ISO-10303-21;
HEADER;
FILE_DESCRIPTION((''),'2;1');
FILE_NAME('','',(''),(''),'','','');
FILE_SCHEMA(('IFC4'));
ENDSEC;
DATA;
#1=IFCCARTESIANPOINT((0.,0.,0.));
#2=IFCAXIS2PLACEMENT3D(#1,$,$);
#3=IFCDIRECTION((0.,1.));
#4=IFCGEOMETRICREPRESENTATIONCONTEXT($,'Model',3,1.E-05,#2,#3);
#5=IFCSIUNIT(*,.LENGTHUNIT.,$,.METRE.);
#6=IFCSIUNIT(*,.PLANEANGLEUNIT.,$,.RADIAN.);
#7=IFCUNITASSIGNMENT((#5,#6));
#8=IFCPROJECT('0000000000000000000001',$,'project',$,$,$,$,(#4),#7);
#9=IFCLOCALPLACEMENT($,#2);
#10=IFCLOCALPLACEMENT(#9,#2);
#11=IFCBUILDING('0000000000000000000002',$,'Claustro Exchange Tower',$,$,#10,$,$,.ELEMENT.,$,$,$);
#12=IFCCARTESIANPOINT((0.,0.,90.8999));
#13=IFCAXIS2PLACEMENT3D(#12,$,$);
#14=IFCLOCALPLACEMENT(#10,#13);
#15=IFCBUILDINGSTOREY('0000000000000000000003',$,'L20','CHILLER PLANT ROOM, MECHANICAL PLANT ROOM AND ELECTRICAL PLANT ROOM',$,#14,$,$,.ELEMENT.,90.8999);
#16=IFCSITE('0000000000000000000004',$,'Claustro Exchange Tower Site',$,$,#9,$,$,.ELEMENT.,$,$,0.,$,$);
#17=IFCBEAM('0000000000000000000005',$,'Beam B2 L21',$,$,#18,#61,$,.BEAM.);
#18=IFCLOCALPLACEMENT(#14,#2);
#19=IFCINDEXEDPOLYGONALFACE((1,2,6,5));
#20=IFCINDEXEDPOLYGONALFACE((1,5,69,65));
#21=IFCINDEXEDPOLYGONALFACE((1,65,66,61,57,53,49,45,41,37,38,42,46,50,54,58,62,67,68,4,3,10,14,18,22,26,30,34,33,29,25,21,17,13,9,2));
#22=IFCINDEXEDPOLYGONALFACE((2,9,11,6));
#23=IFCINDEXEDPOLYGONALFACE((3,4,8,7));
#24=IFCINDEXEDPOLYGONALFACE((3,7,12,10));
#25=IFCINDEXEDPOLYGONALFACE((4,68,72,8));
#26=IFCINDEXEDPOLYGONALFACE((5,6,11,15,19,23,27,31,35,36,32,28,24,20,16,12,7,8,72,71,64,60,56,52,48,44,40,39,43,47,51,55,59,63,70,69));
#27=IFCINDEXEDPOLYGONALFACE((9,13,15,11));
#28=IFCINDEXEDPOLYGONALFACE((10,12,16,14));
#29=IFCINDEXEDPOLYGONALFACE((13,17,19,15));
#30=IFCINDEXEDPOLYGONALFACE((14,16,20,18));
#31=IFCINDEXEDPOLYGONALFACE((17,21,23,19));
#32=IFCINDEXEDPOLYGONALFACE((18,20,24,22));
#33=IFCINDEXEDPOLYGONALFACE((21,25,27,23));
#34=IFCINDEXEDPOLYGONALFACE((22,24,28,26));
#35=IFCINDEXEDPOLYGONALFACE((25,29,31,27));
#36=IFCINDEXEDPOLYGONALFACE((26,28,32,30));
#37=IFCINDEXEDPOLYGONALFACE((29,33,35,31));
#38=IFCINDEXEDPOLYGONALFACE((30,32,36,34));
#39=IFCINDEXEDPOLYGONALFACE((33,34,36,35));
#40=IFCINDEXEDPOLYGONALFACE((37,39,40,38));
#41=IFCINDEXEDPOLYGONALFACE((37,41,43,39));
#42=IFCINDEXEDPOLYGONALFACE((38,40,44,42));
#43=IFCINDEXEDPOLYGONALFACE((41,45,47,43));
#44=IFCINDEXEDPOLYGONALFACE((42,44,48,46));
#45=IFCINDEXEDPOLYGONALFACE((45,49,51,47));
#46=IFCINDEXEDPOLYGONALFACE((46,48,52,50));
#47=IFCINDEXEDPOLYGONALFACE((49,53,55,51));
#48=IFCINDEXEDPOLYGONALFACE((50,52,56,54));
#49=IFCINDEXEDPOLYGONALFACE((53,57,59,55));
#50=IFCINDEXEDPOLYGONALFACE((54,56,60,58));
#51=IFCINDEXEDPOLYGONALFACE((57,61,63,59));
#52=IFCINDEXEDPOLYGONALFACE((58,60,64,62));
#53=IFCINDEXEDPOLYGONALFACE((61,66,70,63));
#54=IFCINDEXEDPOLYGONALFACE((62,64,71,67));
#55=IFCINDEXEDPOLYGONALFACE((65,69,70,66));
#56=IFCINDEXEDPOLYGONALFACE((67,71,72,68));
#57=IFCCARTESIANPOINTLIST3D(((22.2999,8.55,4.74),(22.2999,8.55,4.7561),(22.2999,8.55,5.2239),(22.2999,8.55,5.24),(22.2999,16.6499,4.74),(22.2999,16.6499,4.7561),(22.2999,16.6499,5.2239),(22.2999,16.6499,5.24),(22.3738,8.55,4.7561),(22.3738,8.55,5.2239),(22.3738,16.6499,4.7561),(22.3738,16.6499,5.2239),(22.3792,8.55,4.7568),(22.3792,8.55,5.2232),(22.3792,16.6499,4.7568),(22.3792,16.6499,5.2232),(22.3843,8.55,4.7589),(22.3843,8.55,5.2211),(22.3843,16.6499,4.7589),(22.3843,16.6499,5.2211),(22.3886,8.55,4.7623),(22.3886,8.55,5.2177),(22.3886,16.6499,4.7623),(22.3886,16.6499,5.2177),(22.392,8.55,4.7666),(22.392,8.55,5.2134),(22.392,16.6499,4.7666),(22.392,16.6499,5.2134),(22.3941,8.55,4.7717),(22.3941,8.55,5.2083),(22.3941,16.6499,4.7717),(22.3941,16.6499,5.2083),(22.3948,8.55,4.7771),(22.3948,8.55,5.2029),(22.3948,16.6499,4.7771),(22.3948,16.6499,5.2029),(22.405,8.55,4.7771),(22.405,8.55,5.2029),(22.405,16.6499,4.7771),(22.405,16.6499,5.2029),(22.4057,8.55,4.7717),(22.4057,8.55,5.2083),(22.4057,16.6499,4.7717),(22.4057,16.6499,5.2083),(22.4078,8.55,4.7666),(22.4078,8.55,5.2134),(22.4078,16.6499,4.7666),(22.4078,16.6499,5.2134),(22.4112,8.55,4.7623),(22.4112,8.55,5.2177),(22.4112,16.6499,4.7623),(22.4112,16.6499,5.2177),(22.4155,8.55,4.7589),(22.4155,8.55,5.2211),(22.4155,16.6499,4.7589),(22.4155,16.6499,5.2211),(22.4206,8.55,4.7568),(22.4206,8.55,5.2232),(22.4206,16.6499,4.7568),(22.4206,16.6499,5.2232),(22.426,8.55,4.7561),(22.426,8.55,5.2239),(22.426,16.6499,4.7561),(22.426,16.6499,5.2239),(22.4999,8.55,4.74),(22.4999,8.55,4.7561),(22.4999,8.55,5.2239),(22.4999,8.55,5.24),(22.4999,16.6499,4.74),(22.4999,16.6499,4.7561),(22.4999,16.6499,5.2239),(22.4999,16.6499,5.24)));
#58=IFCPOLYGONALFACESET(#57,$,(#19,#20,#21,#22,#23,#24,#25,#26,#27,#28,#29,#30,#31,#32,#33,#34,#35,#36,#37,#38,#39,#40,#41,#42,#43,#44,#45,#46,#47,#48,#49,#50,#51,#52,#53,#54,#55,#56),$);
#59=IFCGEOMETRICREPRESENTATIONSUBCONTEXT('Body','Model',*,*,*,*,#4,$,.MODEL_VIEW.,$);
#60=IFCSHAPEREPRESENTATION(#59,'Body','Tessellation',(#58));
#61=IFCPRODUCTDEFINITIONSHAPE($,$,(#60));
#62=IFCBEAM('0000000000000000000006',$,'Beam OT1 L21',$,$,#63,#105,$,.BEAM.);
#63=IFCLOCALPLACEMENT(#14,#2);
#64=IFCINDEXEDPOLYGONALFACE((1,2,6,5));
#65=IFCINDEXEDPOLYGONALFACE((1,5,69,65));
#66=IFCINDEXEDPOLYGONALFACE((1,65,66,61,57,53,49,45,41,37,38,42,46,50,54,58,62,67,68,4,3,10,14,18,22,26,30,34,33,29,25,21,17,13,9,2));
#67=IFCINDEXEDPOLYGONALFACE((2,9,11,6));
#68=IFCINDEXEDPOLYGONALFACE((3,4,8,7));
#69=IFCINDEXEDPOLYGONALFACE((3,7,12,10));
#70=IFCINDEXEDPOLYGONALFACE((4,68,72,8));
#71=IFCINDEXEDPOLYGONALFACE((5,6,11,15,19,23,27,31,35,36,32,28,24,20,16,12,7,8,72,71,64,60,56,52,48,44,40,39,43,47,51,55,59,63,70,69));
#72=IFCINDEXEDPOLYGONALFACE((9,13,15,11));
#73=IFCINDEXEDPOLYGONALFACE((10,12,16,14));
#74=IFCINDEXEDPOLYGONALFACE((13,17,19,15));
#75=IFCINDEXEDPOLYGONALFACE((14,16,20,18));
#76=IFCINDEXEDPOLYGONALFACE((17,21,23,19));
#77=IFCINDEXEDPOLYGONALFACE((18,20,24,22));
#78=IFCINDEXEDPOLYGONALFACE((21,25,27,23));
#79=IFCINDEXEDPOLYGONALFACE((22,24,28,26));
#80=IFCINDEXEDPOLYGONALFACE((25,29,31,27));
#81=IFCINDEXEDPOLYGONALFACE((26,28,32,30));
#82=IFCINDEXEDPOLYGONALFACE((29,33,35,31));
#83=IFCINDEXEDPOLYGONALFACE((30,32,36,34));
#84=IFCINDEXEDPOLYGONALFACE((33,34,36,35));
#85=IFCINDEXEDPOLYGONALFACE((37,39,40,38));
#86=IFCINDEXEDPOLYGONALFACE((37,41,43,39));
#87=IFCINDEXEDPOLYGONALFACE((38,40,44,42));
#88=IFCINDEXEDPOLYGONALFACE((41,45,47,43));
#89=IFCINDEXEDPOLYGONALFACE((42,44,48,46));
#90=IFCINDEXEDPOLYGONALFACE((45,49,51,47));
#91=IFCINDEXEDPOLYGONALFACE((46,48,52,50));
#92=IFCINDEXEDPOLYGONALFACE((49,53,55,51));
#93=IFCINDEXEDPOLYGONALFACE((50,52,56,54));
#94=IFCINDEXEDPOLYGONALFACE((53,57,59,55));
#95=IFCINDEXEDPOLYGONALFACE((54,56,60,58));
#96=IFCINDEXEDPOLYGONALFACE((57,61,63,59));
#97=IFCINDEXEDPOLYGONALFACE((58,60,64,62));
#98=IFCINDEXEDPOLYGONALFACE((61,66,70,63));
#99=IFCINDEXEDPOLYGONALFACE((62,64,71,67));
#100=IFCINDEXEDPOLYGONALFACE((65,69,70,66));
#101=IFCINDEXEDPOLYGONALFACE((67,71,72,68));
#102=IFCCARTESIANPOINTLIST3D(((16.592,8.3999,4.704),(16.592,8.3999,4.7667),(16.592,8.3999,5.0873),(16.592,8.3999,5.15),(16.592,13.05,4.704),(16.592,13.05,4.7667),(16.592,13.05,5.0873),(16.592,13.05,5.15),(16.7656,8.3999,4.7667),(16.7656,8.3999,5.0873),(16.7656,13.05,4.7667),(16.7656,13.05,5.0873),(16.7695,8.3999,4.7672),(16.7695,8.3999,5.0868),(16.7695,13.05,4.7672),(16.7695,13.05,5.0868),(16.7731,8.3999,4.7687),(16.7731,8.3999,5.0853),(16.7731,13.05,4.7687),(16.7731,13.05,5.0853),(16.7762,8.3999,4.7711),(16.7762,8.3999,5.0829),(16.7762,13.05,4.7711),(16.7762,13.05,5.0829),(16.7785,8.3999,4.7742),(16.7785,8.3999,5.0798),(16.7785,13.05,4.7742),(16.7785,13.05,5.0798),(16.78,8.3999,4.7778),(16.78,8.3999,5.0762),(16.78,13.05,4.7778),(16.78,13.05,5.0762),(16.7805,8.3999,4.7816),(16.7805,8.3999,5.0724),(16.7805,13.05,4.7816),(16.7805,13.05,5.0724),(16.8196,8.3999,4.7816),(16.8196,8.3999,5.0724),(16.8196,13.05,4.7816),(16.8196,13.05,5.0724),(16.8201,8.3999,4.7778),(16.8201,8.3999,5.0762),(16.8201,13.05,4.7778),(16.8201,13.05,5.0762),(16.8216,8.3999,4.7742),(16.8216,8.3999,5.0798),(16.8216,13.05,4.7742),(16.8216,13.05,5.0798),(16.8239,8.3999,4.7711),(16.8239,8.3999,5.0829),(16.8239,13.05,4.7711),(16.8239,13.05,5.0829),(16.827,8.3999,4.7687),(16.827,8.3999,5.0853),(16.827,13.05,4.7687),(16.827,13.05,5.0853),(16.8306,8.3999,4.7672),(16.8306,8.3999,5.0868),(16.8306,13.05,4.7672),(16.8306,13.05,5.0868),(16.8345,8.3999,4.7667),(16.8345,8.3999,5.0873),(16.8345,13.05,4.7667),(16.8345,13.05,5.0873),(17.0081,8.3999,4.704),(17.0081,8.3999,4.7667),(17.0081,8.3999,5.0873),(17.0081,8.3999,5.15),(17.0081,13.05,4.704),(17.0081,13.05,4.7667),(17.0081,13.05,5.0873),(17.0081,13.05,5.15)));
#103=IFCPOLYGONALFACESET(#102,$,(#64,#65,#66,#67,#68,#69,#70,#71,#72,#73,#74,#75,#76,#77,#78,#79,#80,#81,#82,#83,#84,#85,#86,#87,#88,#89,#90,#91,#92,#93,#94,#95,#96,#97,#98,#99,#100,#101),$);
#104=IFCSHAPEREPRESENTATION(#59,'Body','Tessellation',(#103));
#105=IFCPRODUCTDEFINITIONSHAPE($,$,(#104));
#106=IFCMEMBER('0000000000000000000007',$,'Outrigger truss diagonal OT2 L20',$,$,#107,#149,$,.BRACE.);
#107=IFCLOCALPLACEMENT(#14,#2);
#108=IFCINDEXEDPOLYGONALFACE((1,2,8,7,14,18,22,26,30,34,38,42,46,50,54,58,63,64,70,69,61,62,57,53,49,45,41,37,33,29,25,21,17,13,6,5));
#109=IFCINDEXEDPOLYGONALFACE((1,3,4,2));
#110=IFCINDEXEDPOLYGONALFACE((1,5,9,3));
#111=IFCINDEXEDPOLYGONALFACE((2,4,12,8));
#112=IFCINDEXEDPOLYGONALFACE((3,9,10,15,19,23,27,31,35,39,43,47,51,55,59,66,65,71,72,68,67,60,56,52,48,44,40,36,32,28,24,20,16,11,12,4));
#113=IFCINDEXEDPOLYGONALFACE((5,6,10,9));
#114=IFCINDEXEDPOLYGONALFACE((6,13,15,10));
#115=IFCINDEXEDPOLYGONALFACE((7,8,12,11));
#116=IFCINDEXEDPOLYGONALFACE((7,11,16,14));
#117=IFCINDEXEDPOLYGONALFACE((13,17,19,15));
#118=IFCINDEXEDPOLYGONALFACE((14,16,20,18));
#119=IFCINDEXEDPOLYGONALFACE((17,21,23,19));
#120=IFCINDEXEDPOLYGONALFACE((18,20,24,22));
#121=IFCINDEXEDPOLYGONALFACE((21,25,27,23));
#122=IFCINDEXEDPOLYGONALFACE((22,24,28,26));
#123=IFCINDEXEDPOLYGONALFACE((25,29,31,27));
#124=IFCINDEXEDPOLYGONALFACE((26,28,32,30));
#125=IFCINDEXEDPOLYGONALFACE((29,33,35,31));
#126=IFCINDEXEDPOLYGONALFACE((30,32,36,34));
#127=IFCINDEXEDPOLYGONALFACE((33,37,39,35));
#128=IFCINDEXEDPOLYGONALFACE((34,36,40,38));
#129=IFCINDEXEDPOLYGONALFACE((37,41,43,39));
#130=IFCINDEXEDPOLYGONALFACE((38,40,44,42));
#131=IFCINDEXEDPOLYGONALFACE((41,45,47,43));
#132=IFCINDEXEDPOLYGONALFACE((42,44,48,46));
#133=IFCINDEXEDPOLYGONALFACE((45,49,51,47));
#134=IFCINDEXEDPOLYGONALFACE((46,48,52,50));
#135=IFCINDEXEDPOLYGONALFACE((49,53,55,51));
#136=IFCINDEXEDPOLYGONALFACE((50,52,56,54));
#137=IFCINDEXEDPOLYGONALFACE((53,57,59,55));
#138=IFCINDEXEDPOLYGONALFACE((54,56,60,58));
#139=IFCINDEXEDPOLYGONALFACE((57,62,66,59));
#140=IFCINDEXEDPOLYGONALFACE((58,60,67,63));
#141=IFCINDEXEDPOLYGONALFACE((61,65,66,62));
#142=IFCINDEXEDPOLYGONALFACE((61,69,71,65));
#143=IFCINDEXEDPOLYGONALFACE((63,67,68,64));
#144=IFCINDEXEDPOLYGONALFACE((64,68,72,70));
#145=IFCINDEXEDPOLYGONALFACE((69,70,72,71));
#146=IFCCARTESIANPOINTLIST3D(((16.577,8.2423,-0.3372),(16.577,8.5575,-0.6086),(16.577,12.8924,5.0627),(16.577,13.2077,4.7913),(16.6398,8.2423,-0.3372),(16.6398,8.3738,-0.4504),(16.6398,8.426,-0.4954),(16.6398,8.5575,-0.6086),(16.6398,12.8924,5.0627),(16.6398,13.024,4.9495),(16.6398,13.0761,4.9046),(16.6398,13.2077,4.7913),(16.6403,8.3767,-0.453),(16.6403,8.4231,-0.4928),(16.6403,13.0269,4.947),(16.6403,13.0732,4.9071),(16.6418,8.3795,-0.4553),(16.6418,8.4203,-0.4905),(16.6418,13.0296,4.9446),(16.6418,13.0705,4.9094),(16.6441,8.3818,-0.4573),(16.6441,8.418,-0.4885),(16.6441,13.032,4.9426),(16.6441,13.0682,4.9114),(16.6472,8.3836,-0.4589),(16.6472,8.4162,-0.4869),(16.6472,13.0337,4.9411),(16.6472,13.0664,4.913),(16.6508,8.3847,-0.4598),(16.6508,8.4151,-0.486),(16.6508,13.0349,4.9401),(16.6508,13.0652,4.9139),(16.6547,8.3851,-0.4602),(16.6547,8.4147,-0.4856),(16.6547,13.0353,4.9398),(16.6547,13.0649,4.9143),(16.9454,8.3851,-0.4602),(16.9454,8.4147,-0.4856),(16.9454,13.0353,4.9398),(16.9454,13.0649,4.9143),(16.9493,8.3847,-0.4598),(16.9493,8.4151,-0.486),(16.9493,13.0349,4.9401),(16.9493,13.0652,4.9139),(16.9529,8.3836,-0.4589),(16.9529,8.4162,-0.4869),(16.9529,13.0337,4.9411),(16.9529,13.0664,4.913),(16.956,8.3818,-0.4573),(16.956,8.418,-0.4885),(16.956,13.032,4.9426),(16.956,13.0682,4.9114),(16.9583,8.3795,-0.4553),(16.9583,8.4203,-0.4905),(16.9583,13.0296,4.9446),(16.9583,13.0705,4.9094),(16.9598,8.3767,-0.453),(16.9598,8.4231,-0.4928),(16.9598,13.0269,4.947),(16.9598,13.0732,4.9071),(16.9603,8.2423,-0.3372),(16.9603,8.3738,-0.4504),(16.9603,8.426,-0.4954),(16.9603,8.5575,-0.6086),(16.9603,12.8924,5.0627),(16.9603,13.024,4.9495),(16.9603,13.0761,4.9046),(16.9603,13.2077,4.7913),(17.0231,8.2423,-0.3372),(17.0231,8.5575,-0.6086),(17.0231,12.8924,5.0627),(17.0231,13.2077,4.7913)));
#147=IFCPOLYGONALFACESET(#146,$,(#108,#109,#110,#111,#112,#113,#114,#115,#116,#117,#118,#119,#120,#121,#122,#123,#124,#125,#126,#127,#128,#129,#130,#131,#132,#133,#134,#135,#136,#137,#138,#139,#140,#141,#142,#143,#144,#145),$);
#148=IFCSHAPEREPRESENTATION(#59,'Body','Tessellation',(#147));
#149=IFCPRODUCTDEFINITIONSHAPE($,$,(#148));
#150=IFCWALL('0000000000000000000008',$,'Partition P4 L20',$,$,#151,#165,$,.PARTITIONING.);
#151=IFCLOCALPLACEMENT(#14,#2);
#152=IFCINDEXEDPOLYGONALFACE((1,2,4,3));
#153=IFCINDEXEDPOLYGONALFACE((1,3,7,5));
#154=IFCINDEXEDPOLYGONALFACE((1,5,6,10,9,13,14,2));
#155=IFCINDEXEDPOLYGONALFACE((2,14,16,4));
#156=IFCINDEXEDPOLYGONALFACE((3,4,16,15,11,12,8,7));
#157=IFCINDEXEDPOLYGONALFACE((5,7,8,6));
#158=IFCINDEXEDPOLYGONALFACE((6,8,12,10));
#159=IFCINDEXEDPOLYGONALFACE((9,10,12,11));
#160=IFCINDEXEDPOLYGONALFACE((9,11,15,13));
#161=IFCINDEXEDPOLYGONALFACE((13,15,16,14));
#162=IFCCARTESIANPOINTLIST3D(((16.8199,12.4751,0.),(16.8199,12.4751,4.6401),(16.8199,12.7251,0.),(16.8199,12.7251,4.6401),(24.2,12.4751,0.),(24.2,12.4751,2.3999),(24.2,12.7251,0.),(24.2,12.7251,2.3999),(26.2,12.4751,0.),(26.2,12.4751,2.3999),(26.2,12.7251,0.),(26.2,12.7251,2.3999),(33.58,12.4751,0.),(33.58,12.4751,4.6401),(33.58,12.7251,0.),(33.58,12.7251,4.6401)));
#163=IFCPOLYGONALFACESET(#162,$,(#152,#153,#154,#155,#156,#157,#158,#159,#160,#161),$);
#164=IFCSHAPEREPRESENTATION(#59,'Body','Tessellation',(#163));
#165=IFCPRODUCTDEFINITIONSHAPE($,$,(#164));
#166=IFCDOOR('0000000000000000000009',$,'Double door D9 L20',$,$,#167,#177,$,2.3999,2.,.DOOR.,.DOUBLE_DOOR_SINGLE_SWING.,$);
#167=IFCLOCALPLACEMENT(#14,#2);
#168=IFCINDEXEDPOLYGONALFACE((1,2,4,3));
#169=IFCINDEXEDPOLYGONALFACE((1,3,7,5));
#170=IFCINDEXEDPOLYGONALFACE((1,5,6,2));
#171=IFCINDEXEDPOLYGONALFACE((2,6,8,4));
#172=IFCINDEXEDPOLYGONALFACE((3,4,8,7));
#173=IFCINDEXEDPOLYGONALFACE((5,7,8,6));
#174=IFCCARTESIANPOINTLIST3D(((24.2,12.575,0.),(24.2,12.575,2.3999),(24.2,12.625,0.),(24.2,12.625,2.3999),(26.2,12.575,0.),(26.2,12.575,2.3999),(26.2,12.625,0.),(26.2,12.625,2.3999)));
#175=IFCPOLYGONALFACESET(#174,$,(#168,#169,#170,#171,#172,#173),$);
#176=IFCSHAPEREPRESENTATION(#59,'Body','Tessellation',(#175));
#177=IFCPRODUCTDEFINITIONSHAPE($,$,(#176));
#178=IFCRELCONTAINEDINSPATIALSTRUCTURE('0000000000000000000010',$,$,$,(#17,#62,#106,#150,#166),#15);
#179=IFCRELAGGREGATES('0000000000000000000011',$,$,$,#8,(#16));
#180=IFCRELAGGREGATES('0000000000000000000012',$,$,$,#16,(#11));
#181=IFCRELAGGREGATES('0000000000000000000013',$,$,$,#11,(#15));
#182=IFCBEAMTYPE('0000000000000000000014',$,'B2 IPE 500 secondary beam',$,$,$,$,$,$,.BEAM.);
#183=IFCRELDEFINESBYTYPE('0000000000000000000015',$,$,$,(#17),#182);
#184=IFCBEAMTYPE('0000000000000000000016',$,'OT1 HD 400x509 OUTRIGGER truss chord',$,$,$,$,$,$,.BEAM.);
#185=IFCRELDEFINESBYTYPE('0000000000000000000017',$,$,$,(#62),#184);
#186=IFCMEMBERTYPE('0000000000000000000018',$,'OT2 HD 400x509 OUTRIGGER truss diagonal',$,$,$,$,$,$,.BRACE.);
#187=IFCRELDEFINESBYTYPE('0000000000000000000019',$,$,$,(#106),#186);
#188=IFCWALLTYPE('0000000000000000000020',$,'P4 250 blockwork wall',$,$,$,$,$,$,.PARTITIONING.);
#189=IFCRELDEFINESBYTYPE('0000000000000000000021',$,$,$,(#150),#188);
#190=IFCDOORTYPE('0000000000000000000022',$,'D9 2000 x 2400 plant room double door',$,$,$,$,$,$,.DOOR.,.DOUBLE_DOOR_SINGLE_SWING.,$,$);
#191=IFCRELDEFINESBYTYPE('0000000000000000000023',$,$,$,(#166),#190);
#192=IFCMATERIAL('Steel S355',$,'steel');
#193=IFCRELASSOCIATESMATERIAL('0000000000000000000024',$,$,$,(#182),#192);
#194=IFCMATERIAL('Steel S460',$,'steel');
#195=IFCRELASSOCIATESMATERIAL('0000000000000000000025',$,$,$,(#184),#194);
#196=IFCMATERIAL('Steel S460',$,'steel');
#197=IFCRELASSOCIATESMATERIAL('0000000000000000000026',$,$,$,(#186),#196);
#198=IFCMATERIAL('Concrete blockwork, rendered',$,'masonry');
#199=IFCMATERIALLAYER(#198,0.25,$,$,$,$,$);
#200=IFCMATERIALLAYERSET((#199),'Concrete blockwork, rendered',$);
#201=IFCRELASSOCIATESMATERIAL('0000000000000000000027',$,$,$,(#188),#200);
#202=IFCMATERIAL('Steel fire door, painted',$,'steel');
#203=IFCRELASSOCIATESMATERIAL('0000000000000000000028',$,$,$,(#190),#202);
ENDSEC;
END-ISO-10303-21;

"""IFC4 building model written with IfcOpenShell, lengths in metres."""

from ifc_helpers import new_model, si_unit, direction, frame, frame_2d, origin, origin_2d, place, context, subcontext, project, spatial, rectangle, i_section, extrude, material, layer, layer_set, material_profile, profile_set, type_object, element, fill, save


model = new_model("IFC4")

# Units and contexts
model_context = context("Model", 3, precision=1e-05, world=origin(), true_north=direction((0.0, 1.0)))
body_context = subcontext(model_context, "Body", "Model", "MODEL_VIEW")
ifc_project = project(units=[si_unit("LENGTHUNIT", "METRE"), si_unit("PLANEANGLEUNIT", "RADIAN")], contexts=[model_context])

# Site, building, storey
site_placement = place(None, origin())
site = spatial("IfcSite", under=ifc_project, at=site_placement, Name="Claustro Exchange Tower Site", CompositionType="ELEMENT", RefElevation=0.0)
building_placement = place(site_placement, origin())
building = spatial("IfcBuilding", under=site, at=building_placement, Name="Claustro Exchange Tower", CompositionType="ELEMENT")
storey_placement = place(building_placement, frame((0.0, 0.0, 90.8999)))
storey = spatial("IfcBuildingStorey", under=building, at=storey_placement, Name="L20", Description="CHILLER PLANT ROOM, MECHANICAL PLANT ROOM AND ELECTRICAL PLANT ROOM", CompositionType="ELEMENT", Elevation=90.8999)

# Beams
ifc_material_1 = material(Name="Steel S355", Category="steel")
ifc_material_profile_1 = material_profile(ifc_material_1, i_section(OverallWidth=0.2, OverallDepth=0.5, WebThickness=0.0103, FlangeThickness=0.0161, FilletRadius=0.021, at=origin_2d()), Name="IPE 500")
ifc_profile_set_1 = profile_set([ifc_material_profile_1], Name="Steel S355")
beam_type_1 = type_object("IfcBeamType", Name="B2 IPE 500 secondary beam", PredefinedType="BEAM", material=ifc_profile_set_1)
for number, where, z_axis, x_axis, name in (
    (1, (22.3999, 8.55, 4.99), (0.0, 1.0, 0.0), (-1.0, 0.0, 0.0), "Beam B2 L21"),
):
    element("IfcBeam", number, at=place(storey_placement, frame(where, z_axis=z_axis, x_axis=x_axis)), inside=storey, type_object=beam_type_1, Name=name, PredefinedType="BEAM", context=body_context, shape_type="SweptSolid", body=[
        extrude(i_section(OverallWidth=0.2, OverallDepth=0.5, WebThickness=0.0103, FlangeThickness=0.0161, FilletRadius=0.021, at=origin_2d()), origin(), (0.0, 0.0, 1.0), 8.0999),
    ])
ifc_material_2 = material(Name="Steel S460", Category="steel")
ifc_material_profile_2 = material_profile(ifc_material_2, i_section(OverallWidth=0.416, OverallDepth=0.446, WebThickness=0.0391, FlangeThickness=0.0627, FilletRadius=0.0149, at=origin_2d()), Name="HD 400x509")
ifc_profile_set_2 = profile_set([ifc_material_profile_2], Name="Steel S460")
beam_type_2 = type_object("IfcBeamType", Name="OT1 HD 400x509 OUTRIGGER truss chord", PredefinedType="BEAM", material=ifc_profile_set_2)
beam_1_placement = place(storey_placement, frame((16.8, 8.3999, 4.927), z_axis=(0.0, 1.0, 0.0), x_axis=(-1.0, 0.0, 0.0)))
element("IfcBeam", 2, at=beam_1_placement, inside=storey, type_object=beam_type_2, Name="Beam OT1 L21", PredefinedType="BEAM", context=body_context, shape_type="SweptSolid", body=[
    extrude(i_section(OverallWidth=0.416, OverallDepth=0.446, WebThickness=0.0391, FlangeThickness=0.0627, FilletRadius=0.0149, at=origin_2d()), origin(), (0.0, 0.0, 1.0), 4.6501),
])

# Member
ifc_material_3 = material(Name="Steel S460", Category="steel")
ifc_material_profile_3 = material_profile(ifc_material_3, i_section(OverallWidth=0.416, OverallDepth=0.446, WebThickness=0.0391, FlangeThickness=0.0627, FilletRadius=0.0149, at=origin_2d()), Name="HD 400x509")
ifc_profile_set_3 = profile_set([ifc_material_profile_3], Name="Steel S460")
member_type = type_object("IfcMemberType", Name="OT2 HD 400x509 OUTRIGGER truss diagonal", PredefinedType="BRACE", material=ifc_profile_set_3)
member_placement = place(storey_placement, frame((16.8, 8.3999, -0.4729), z_axis=(0.0, 0.652542, 0.757753), x_axis=(0.0, -0.757753, 0.652542)))
element("IfcMember", 3, at=member_placement, inside=storey, type_object=member_type, Name="Outrigger truss diagonal OT2 L20", PredefinedType="BRACE", context=body_context, shape_type="SweptSolid", body=[
    extrude(i_section(OverallWidth=0.416, OverallDepth=0.446, WebThickness=0.0391, FlangeThickness=0.0627, FilletRadius=0.0149, at=origin_2d()), origin(), (0.0, 0.0, 1.0), 7.1262),
])

# Wall, opening, door
ifc_material_4 = material(Name="Concrete blockwork, rendered", Category="masonry")
ifc_layer_1 = layer(ifc_material_4, 0.25)
ifc_layer_set_1 = layer_set([ifc_layer_1], Name="Concrete blockwork, rendered")
wall_type_1 = type_object("IfcWallType", Name="P4 250 blockwork wall", PredefinedType="PARTITIONING", material=ifc_layer_set_1)
wall_1_placement = place(storey_placement, frame((16.8201, 12.6001, 0.0), z_axis=(0.0, 0.0, 1.0), x_axis=(1.0, 0.0, 0.0)))
wall_1 = element("IfcWall", 4, at=wall_1_placement, inside=storey, type_object=wall_type_1, Name="Partition P4 L20", PredefinedType="PARTITIONING", context=body_context, shape_type="SweptSolid", body=[
    extrude(rectangle(XDim=16.76, YDim=0.25, at=frame_2d((8.3799, 0.0))), origin(), (0.0, 0.0, 1.0), 4.6401),
])
opening_placement = place(wall_1_placement, frame((7.3799, 0.0, 0.0)))
opening = element("IfcOpeningElement", 5, at=opening_placement, cuts=wall_1, PredefinedType="OPENING", context=body_context, shape_type="SweptSolid", body=[
    extrude(rectangle(XDim=2.0, YDim=2.3999, at=frame_2d((1.0, 1.2))), frame((0.0, 0.135, 0.0), z_axis=(0.0, -1.0, 0.0), x_axis=(1.0, 0.0, 0.0)), (0.0, 0.0, 1.0), 0.27),
])
ifc_material_5 = material(Name="Steel fire door, painted", Category="steel")
door_type = type_object("IfcDoorType", Name="D9 2000 x 2400 plant room double door", OperationType="DOUBLE_DOOR_SINGLE_SWING", PredefinedType="DOOR", material=ifc_material_5)
door_placement = place(opening_placement, origin())
door = element("IfcDoor", 6, at=door_placement, inside=storey, type_object=door_type, Name="Double door D9 L20", OperationType="DOUBLE_DOOR_SINGLE_SWING", OverallHeight=2.3999, OverallWidth=2.0, PredefinedType="DOOR", context=body_context, shape_type="SweptSolid", body=[
    extrude(rectangle(XDim=2.0, YDim=2.3999, at=frame_2d((1.0, 1.2))), frame((0.0, 0.0249, 0.0), z_axis=(0.0, -1.0, 0.0), x_axis=(1.0, 0.0, 0.0)), (0.0, 0.0, 1.0), 0.05),
])
fill(opening, door)

save(model, "model.ifc")
